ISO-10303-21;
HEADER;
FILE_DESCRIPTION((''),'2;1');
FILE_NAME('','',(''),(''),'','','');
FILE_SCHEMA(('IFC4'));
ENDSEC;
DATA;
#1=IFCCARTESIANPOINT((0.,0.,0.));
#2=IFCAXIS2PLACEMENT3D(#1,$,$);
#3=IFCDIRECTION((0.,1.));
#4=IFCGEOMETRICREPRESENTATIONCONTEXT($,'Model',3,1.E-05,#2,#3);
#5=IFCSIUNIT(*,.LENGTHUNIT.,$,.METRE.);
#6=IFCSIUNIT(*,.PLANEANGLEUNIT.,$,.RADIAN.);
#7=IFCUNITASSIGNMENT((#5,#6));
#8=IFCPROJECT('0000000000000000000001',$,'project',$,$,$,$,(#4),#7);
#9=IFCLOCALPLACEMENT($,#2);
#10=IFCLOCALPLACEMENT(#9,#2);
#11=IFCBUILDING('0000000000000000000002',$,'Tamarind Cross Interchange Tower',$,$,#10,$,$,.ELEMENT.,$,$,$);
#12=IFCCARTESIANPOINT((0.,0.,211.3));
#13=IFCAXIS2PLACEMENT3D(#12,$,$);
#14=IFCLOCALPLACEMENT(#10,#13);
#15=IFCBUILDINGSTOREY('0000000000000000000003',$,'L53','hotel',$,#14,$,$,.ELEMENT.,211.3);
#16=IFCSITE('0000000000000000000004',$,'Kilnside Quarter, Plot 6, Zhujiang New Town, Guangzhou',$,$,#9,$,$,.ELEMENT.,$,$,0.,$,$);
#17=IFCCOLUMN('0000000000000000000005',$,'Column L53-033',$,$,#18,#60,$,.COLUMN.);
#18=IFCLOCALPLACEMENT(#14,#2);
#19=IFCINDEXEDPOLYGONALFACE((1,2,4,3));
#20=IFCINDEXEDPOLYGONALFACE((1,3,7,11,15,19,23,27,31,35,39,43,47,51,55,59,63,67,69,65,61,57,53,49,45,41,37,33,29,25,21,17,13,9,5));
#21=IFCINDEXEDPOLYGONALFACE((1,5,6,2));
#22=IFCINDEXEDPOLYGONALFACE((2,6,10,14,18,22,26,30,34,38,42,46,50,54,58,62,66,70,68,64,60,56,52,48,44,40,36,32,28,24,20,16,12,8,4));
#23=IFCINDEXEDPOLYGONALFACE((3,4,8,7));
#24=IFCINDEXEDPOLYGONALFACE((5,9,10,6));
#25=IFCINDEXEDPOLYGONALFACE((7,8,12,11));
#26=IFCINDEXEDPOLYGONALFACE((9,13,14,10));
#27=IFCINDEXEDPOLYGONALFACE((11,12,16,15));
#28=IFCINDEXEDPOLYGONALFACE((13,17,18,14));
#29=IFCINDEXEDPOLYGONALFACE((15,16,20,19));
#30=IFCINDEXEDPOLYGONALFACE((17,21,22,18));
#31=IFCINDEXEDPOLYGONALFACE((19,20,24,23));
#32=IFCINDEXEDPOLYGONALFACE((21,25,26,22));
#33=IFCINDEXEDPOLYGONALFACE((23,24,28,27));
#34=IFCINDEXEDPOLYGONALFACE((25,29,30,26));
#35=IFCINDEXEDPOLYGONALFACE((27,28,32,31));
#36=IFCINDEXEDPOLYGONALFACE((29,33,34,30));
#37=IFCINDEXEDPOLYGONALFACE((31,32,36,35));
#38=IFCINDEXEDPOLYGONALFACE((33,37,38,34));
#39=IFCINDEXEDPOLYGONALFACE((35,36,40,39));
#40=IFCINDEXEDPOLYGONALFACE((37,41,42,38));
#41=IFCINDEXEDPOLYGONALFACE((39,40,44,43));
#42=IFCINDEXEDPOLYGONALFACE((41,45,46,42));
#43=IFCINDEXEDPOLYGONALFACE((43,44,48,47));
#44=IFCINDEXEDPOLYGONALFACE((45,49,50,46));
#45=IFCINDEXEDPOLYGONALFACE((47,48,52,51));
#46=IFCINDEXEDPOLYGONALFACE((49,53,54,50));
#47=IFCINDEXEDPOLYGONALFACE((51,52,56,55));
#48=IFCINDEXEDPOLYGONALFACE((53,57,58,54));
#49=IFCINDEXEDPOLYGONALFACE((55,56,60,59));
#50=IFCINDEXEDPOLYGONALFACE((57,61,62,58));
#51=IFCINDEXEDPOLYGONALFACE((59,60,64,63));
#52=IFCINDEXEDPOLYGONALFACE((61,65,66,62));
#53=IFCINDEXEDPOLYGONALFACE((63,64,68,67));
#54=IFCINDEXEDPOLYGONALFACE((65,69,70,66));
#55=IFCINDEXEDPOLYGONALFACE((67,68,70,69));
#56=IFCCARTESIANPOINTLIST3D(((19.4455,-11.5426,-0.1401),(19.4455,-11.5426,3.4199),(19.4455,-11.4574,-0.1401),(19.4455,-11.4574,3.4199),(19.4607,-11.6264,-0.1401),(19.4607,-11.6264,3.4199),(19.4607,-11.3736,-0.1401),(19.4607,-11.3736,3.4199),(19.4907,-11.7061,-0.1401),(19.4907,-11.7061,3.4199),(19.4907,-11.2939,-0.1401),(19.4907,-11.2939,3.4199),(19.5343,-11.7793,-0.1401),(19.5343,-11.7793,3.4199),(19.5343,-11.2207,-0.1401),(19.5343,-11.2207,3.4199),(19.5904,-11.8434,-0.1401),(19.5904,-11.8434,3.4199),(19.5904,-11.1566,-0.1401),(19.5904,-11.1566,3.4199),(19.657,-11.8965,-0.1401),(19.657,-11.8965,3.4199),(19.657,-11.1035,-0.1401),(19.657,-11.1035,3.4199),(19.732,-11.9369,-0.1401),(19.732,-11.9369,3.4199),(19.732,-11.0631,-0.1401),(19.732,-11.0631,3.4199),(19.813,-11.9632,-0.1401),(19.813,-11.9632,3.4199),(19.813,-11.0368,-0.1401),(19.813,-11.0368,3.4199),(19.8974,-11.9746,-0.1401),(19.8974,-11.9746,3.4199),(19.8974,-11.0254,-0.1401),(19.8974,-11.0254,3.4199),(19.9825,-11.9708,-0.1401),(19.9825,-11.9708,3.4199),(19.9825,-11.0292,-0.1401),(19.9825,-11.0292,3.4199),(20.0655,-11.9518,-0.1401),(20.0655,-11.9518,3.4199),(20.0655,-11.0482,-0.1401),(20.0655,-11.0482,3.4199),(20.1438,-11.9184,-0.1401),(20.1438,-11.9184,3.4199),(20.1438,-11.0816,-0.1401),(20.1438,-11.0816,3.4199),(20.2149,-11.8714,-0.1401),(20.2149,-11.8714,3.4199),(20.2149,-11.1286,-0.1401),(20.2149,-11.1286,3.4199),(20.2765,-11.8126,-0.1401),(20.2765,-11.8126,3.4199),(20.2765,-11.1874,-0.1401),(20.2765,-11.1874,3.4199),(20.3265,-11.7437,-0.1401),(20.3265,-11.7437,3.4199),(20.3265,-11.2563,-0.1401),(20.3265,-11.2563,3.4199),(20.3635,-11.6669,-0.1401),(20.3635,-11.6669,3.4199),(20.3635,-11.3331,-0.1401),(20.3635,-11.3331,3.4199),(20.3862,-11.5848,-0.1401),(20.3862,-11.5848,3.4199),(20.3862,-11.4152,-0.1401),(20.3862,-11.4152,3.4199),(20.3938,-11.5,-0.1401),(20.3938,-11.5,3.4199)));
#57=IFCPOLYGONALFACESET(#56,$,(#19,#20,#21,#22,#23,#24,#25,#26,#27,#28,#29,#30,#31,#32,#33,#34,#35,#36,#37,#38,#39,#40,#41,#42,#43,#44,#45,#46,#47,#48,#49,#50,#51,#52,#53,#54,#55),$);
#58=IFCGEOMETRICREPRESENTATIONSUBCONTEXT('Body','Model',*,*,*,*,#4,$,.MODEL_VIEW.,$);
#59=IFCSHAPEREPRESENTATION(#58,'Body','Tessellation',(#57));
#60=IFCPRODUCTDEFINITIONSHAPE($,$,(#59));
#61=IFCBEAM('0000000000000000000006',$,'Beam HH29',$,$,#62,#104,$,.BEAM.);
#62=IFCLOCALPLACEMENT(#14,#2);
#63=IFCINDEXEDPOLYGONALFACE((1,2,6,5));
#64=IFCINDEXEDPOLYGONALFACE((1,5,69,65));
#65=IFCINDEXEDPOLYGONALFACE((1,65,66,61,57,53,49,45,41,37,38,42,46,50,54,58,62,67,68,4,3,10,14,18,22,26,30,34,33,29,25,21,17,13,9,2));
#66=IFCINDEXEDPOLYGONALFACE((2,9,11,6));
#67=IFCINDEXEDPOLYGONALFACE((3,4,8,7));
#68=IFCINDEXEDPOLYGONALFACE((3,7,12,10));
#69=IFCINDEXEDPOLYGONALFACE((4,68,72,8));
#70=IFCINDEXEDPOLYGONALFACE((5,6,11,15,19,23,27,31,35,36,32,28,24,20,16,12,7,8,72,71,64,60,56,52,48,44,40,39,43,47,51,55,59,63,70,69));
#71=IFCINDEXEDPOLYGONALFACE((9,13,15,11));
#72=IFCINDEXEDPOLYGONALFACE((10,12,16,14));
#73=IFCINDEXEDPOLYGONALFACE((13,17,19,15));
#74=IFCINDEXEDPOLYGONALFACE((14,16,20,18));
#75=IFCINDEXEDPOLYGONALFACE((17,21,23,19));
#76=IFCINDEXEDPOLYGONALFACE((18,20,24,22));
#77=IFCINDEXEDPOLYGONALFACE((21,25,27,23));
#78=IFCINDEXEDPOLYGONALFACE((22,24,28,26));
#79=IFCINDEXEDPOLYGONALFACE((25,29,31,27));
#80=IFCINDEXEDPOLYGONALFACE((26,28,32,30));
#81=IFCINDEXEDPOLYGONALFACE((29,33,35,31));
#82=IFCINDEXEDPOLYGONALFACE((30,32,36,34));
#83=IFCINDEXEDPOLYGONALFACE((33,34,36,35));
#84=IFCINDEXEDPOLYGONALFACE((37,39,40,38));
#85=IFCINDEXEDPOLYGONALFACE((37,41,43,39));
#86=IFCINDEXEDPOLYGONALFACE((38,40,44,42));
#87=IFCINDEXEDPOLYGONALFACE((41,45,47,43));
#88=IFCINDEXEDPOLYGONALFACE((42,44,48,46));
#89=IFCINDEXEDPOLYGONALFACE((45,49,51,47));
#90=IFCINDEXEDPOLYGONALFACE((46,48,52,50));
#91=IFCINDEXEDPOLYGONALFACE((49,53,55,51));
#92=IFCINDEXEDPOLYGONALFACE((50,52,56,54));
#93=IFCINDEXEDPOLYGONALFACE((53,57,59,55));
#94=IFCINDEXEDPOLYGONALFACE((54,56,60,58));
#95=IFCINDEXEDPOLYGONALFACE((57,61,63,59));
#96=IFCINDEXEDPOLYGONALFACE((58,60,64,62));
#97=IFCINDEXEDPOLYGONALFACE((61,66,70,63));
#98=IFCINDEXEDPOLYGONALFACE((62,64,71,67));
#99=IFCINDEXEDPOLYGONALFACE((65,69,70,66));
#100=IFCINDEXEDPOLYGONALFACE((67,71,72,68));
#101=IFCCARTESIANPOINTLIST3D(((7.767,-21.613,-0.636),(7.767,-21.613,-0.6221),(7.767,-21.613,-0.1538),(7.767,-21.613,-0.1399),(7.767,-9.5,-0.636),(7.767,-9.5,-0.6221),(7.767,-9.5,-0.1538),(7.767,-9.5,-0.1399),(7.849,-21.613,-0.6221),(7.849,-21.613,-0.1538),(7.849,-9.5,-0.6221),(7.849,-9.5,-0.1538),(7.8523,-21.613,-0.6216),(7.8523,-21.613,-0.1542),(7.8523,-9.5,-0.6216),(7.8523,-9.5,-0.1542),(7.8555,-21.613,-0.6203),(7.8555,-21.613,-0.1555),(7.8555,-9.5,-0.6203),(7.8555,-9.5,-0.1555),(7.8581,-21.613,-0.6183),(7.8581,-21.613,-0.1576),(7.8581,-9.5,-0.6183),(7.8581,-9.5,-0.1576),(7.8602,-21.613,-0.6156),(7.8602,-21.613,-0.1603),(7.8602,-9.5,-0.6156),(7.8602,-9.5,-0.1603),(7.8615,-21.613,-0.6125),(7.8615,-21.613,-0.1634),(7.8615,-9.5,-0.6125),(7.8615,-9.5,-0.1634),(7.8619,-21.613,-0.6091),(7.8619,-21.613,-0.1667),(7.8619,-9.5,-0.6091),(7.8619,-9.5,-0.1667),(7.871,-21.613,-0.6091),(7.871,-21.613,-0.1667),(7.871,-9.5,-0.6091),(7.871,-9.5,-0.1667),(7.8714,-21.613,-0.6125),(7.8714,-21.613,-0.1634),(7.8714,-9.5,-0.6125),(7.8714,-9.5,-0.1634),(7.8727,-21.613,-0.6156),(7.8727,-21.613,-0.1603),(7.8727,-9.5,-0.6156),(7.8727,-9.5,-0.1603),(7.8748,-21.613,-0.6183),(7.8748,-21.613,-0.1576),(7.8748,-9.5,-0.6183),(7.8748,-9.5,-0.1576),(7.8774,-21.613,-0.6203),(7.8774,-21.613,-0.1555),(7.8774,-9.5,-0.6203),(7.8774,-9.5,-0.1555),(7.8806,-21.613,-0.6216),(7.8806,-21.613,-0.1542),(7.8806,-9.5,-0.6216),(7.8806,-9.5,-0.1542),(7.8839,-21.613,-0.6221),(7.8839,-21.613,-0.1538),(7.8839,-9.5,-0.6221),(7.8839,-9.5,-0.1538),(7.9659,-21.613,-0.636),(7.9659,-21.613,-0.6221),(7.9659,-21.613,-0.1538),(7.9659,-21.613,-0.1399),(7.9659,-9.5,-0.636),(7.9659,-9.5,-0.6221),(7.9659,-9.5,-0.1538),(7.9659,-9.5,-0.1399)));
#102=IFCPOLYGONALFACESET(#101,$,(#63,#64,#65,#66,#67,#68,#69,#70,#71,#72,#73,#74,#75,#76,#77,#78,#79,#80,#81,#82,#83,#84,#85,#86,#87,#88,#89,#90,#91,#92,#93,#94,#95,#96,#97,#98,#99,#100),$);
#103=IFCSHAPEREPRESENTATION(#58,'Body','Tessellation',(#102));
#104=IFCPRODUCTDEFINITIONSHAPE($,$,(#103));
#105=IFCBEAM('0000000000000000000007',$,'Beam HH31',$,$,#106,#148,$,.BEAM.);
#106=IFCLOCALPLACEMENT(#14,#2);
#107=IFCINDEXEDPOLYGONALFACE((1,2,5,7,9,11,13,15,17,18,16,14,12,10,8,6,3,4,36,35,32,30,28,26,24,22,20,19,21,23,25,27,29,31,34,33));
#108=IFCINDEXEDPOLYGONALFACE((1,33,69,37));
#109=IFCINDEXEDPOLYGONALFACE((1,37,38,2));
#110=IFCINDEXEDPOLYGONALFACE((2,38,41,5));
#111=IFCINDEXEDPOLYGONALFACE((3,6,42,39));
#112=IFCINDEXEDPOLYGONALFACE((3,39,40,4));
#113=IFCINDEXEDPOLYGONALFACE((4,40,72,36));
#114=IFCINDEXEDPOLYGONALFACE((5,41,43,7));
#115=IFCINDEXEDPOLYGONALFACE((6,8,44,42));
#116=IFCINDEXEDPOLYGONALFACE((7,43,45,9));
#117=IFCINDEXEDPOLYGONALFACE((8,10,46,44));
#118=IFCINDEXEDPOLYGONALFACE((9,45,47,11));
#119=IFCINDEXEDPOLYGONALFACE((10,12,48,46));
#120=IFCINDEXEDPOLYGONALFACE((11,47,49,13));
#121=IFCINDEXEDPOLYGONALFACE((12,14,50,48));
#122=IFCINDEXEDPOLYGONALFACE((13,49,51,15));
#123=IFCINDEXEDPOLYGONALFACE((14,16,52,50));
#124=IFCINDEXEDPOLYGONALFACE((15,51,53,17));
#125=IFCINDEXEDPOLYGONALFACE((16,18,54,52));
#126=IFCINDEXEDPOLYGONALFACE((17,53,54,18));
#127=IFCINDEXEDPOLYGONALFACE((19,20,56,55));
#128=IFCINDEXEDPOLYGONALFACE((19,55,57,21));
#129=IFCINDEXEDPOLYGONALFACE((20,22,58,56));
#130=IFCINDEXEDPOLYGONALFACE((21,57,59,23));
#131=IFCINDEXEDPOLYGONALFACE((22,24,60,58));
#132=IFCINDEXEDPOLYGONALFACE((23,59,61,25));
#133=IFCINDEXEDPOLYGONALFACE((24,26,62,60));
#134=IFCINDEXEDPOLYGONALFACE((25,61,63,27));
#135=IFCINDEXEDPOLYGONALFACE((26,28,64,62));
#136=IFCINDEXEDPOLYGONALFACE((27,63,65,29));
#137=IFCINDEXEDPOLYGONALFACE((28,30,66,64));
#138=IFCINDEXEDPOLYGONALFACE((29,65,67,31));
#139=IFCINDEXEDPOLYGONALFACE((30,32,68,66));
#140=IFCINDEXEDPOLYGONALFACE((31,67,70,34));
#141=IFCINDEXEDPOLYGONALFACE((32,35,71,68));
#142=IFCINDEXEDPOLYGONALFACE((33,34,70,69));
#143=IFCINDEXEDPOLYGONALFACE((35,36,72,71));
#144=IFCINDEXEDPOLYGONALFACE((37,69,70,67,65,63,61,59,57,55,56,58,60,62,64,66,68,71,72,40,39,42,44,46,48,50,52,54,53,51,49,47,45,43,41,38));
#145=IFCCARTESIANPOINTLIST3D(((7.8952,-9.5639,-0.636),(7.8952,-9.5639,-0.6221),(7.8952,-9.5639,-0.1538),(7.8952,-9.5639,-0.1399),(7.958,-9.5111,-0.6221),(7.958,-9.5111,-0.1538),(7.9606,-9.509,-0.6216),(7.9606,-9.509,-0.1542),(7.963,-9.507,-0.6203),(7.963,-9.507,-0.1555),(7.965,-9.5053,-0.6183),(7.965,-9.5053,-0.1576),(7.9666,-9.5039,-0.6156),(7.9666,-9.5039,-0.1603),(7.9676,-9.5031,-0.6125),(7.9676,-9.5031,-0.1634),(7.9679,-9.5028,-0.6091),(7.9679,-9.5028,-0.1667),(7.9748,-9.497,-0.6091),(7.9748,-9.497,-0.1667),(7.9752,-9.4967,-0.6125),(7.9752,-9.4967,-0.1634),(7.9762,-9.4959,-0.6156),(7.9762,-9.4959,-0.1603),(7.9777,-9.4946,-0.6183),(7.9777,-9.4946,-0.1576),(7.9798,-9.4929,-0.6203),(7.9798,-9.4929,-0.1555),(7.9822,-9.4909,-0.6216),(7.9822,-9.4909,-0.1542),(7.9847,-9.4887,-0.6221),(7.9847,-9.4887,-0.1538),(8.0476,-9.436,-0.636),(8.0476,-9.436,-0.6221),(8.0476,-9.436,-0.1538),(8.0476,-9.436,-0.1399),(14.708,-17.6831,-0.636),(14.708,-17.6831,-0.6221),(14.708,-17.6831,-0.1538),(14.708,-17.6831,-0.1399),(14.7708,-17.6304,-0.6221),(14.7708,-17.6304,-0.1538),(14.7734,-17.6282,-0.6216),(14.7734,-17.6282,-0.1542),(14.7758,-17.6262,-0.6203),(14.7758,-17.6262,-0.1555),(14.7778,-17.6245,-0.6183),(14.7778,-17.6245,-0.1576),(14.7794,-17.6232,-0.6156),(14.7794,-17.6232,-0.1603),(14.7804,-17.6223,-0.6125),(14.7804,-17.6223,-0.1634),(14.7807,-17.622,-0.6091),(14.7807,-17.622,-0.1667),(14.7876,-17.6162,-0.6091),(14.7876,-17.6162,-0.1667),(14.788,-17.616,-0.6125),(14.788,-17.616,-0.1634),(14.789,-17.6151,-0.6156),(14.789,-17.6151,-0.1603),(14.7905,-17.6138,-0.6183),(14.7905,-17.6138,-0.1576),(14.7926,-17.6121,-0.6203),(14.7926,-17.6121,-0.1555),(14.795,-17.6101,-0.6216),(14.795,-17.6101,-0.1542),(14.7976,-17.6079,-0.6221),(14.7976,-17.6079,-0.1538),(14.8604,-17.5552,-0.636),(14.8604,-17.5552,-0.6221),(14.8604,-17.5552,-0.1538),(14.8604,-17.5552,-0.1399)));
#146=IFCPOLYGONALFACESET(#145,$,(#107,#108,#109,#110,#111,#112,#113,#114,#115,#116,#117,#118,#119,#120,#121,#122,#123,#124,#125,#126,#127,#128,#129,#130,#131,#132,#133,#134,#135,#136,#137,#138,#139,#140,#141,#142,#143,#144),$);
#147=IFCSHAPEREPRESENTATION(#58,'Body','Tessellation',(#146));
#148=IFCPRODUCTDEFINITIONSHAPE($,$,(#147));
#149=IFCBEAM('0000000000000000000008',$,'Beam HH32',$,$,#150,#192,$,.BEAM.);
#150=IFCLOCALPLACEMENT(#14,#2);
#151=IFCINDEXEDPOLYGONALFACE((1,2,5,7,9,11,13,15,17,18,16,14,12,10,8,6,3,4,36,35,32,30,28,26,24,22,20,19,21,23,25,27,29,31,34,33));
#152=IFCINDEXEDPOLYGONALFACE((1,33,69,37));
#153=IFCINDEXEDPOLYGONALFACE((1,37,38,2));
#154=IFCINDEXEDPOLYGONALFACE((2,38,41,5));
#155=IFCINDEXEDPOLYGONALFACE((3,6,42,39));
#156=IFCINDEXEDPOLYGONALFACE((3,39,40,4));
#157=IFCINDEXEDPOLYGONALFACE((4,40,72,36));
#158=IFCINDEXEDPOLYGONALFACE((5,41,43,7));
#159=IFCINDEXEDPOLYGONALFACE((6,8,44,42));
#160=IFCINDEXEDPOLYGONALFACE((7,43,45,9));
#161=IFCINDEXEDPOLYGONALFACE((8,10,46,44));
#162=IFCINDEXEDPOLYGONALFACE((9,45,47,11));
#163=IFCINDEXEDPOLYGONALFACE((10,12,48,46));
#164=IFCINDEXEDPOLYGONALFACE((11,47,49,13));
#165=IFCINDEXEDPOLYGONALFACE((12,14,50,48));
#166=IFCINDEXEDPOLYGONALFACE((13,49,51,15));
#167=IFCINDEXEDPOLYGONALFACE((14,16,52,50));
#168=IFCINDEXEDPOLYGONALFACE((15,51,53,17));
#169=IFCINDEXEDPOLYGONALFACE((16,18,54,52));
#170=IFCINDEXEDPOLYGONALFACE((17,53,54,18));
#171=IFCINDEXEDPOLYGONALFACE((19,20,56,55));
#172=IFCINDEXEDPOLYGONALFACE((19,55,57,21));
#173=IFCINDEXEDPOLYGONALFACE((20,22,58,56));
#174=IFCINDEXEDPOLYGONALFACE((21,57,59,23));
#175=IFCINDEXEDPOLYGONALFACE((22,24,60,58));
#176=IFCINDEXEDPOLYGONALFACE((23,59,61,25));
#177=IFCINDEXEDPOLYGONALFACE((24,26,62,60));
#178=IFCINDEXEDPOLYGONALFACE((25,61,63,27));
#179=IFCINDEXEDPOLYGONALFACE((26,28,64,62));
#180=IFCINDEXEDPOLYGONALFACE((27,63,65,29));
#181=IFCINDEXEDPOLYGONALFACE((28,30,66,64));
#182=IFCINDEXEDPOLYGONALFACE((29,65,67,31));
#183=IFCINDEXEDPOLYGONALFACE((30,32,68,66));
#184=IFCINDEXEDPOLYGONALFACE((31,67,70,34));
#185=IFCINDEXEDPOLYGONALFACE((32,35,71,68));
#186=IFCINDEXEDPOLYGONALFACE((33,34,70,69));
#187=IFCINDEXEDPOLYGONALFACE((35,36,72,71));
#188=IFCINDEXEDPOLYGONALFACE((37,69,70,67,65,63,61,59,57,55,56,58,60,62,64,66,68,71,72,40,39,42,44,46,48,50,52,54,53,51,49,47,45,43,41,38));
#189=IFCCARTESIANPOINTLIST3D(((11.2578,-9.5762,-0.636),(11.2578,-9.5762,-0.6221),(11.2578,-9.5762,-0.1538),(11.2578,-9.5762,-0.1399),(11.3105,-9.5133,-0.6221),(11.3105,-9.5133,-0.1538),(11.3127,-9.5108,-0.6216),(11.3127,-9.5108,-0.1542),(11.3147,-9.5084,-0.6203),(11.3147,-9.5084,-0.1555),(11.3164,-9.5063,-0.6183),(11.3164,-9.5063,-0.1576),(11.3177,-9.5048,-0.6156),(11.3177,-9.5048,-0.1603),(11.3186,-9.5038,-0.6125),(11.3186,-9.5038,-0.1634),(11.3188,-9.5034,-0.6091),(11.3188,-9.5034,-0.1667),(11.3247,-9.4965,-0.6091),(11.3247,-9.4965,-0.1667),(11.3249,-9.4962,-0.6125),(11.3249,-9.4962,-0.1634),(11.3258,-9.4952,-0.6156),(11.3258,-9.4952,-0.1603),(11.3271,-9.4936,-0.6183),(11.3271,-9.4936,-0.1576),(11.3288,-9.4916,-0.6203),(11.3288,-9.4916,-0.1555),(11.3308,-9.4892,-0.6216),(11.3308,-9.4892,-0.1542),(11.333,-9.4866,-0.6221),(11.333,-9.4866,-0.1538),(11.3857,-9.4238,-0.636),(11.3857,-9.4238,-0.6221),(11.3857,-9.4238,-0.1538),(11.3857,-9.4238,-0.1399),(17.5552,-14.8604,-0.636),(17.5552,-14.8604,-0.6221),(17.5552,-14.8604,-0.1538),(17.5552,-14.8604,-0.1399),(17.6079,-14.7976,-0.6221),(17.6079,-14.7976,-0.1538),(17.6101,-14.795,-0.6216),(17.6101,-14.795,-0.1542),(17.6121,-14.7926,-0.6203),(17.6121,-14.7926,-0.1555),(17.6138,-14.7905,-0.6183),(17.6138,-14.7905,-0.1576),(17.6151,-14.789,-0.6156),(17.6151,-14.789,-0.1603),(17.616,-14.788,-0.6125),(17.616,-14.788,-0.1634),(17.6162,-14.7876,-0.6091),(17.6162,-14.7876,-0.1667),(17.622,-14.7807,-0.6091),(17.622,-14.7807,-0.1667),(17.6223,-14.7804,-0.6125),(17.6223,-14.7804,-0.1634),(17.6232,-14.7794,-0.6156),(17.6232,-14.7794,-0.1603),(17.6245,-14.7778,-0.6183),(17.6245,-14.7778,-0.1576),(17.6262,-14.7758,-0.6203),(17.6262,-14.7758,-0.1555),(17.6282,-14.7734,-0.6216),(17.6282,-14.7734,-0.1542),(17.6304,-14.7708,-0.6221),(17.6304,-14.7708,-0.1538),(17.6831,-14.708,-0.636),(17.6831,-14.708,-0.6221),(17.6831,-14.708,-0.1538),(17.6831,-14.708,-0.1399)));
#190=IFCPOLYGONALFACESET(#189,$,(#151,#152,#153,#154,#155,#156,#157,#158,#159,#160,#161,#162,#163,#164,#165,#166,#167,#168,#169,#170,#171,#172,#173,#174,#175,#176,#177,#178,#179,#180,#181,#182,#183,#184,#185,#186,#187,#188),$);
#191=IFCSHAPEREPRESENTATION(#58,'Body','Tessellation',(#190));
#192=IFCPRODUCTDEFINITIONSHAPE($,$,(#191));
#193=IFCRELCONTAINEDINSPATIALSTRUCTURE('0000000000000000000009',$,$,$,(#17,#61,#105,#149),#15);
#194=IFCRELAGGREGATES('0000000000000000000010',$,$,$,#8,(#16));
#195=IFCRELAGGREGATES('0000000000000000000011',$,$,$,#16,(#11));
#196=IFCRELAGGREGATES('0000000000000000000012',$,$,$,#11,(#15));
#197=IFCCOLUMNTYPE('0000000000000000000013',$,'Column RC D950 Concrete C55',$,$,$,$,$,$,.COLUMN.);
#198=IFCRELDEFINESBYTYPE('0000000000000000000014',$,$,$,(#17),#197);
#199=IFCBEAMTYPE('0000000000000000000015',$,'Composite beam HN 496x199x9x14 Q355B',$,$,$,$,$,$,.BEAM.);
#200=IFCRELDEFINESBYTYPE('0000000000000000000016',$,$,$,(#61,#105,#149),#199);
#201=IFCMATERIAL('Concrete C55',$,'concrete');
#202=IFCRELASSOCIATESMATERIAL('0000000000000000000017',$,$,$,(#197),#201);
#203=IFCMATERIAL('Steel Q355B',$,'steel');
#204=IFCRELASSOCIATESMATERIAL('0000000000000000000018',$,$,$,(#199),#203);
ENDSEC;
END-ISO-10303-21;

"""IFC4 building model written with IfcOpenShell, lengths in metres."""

from ifc_helpers import new_model, si_unit, direction, frame, origin, origin_2d, place, context, subcontext, project, spatial, circle, i_section, extrude, material, material_profile, profile_set, type_object, element, save


model = new_model("IFC4")

# Units and contexts
model_context = context("Model", 3, precision=1e-05, world=origin(), true_north=direction((0.0, 1.0)))
body_context = subcontext(model_context, "Body", "Model", "MODEL_VIEW")
ifc_project = project(units=[si_unit("LENGTHUNIT", "METRE"), si_unit("PLANEANGLEUNIT", "RADIAN")], contexts=[model_context])

# Site, building, storey
site_placement = place(None, origin())
site = spatial("IfcSite", under=ifc_project, at=site_placement, Name="Kilnside Quarter, Plot 6, Zhujiang New Town, Guangzhou", CompositionType="ELEMENT", RefElevation=0.0)
building_placement = place(site_placement, origin())
building = spatial("IfcBuilding", under=site, at=building_placement, Name="Tamarind Cross Interchange Tower", CompositionType="ELEMENT")
storey_placement = place(building_placement, frame((0.0, 0.0, 211.3)))
storey = spatial("IfcBuildingStorey", under=building, at=storey_placement, Name="L53", Description="hotel", CompositionType="ELEMENT", Elevation=211.3)

# Column
ifc_material_1 = material(Name="Concrete C55", Category="concrete")
ifc_material_profile_1 = material_profile(ifc_material_1, circle(Radius=0.4751, at=origin_2d()), Name="RC D950")
ifc_profile_set_1 = profile_set([ifc_material_profile_1], Name="Concrete C55")
column_type = type_object("IfcColumnType", Name="Column RC D950 Concrete C55", PredefinedType="COLUMN", material=ifc_profile_set_1)
for number, where, z_axis, x_axis, name in (
    (1, (19.9187, -11.5, -0.1401), (0.0, 0.0, 1.0), (1.0, 0.0, 0.0), "Column L53-033"),
):
    element("IfcColumn", number, at=place(storey_placement, frame(where, z_axis=z_axis, x_axis=x_axis)), inside=storey, type_object=column_type, Name=name, PredefinedType="COLUMN", context=body_context, shape_type="SweptSolid", body=[
        extrude(circle(Radius=0.4751, at=origin_2d()), origin(), (0.0, 0.0, 1.0), 3.5601),
    ])

# Beams
ifc_material_2 = material(Name="Steel Q355B", Category="steel")
ifc_material_profile_2 = material_profile(ifc_material_2, i_section(OverallWidth=0.199, OverallDepth=0.4961, WebThickness=0.009, FlangeThickness=0.0139, FilletRadius=0.0129, at=origin_2d()), Name="HN 496x199x9x14")
ifc_profile_set_2 = profile_set([ifc_material_profile_2], Name="Steel Q355B")
beam_type = type_object("IfcBeamType", Name="Composite beam HN 496x199x9x14 Q355B", PredefinedType="BEAM", material=ifc_profile_set_2)
beam_1_placement = place(storey_placement, frame((7.8665, -21.613, -0.3879), z_axis=(0.0, 1.0, 0.0), x_axis=(-1.0, 0.0, 0.0)))
element("IfcBeam", 2, at=beam_1_placement, inside=storey, type_object=beam_type, Name="Beam HH29", PredefinedType="BEAM", context=body_context, shape_type="SweptSolid", body=[
    extrude(i_section(OverallWidth=0.199, OverallDepth=0.4961, WebThickness=0.009, FlangeThickness=0.0139, FilletRadius=0.0129, at=origin_2d()), origin(), (0.0, 0.0, 1.0), 12.113),
])
beam_2_placement = place(storey_placement, frame((14.7842, -17.6191, -0.3879), z_axis=(-0.642786, 0.766046, 0.0), x_axis=(-0.766046, -0.642786, 0.0)))
element("IfcBeam", 3, at=beam_2_placement, inside=storey, type_object=beam_type, Name="Beam HH31", PredefinedType="BEAM", context=body_context, shape_type="SweptSolid", body=[
    extrude(i_section(OverallWidth=0.199, OverallDepth=0.4961, WebThickness=0.009, FlangeThickness=0.0139, FilletRadius=0.0129, at=origin_2d()), origin(), (0.0, 0.0, 1.0), 10.5989),
])
beam_3_placement = place(storey_placement, frame((17.6191, -14.7842, -0.3879), z_axis=(-0.766041, 0.642792, 0.0), x_axis=(-0.642792, -0.766041, 0.0)))
element("IfcBeam", 4, at=beam_3_placement, inside=storey, type_object=beam_type, Name="Beam HH32", PredefinedType="BEAM", context=body_context, shape_type="SweptSolid", body=[
    extrude(i_section(OverallWidth=0.199, OverallDepth=0.4961, WebThickness=0.009, FlangeThickness=0.0139, FilletRadius=0.0129, at=origin_2d()), origin(), (0.0, 0.0, 1.0), 8.2207),
])

save(model, "model.ifc")
